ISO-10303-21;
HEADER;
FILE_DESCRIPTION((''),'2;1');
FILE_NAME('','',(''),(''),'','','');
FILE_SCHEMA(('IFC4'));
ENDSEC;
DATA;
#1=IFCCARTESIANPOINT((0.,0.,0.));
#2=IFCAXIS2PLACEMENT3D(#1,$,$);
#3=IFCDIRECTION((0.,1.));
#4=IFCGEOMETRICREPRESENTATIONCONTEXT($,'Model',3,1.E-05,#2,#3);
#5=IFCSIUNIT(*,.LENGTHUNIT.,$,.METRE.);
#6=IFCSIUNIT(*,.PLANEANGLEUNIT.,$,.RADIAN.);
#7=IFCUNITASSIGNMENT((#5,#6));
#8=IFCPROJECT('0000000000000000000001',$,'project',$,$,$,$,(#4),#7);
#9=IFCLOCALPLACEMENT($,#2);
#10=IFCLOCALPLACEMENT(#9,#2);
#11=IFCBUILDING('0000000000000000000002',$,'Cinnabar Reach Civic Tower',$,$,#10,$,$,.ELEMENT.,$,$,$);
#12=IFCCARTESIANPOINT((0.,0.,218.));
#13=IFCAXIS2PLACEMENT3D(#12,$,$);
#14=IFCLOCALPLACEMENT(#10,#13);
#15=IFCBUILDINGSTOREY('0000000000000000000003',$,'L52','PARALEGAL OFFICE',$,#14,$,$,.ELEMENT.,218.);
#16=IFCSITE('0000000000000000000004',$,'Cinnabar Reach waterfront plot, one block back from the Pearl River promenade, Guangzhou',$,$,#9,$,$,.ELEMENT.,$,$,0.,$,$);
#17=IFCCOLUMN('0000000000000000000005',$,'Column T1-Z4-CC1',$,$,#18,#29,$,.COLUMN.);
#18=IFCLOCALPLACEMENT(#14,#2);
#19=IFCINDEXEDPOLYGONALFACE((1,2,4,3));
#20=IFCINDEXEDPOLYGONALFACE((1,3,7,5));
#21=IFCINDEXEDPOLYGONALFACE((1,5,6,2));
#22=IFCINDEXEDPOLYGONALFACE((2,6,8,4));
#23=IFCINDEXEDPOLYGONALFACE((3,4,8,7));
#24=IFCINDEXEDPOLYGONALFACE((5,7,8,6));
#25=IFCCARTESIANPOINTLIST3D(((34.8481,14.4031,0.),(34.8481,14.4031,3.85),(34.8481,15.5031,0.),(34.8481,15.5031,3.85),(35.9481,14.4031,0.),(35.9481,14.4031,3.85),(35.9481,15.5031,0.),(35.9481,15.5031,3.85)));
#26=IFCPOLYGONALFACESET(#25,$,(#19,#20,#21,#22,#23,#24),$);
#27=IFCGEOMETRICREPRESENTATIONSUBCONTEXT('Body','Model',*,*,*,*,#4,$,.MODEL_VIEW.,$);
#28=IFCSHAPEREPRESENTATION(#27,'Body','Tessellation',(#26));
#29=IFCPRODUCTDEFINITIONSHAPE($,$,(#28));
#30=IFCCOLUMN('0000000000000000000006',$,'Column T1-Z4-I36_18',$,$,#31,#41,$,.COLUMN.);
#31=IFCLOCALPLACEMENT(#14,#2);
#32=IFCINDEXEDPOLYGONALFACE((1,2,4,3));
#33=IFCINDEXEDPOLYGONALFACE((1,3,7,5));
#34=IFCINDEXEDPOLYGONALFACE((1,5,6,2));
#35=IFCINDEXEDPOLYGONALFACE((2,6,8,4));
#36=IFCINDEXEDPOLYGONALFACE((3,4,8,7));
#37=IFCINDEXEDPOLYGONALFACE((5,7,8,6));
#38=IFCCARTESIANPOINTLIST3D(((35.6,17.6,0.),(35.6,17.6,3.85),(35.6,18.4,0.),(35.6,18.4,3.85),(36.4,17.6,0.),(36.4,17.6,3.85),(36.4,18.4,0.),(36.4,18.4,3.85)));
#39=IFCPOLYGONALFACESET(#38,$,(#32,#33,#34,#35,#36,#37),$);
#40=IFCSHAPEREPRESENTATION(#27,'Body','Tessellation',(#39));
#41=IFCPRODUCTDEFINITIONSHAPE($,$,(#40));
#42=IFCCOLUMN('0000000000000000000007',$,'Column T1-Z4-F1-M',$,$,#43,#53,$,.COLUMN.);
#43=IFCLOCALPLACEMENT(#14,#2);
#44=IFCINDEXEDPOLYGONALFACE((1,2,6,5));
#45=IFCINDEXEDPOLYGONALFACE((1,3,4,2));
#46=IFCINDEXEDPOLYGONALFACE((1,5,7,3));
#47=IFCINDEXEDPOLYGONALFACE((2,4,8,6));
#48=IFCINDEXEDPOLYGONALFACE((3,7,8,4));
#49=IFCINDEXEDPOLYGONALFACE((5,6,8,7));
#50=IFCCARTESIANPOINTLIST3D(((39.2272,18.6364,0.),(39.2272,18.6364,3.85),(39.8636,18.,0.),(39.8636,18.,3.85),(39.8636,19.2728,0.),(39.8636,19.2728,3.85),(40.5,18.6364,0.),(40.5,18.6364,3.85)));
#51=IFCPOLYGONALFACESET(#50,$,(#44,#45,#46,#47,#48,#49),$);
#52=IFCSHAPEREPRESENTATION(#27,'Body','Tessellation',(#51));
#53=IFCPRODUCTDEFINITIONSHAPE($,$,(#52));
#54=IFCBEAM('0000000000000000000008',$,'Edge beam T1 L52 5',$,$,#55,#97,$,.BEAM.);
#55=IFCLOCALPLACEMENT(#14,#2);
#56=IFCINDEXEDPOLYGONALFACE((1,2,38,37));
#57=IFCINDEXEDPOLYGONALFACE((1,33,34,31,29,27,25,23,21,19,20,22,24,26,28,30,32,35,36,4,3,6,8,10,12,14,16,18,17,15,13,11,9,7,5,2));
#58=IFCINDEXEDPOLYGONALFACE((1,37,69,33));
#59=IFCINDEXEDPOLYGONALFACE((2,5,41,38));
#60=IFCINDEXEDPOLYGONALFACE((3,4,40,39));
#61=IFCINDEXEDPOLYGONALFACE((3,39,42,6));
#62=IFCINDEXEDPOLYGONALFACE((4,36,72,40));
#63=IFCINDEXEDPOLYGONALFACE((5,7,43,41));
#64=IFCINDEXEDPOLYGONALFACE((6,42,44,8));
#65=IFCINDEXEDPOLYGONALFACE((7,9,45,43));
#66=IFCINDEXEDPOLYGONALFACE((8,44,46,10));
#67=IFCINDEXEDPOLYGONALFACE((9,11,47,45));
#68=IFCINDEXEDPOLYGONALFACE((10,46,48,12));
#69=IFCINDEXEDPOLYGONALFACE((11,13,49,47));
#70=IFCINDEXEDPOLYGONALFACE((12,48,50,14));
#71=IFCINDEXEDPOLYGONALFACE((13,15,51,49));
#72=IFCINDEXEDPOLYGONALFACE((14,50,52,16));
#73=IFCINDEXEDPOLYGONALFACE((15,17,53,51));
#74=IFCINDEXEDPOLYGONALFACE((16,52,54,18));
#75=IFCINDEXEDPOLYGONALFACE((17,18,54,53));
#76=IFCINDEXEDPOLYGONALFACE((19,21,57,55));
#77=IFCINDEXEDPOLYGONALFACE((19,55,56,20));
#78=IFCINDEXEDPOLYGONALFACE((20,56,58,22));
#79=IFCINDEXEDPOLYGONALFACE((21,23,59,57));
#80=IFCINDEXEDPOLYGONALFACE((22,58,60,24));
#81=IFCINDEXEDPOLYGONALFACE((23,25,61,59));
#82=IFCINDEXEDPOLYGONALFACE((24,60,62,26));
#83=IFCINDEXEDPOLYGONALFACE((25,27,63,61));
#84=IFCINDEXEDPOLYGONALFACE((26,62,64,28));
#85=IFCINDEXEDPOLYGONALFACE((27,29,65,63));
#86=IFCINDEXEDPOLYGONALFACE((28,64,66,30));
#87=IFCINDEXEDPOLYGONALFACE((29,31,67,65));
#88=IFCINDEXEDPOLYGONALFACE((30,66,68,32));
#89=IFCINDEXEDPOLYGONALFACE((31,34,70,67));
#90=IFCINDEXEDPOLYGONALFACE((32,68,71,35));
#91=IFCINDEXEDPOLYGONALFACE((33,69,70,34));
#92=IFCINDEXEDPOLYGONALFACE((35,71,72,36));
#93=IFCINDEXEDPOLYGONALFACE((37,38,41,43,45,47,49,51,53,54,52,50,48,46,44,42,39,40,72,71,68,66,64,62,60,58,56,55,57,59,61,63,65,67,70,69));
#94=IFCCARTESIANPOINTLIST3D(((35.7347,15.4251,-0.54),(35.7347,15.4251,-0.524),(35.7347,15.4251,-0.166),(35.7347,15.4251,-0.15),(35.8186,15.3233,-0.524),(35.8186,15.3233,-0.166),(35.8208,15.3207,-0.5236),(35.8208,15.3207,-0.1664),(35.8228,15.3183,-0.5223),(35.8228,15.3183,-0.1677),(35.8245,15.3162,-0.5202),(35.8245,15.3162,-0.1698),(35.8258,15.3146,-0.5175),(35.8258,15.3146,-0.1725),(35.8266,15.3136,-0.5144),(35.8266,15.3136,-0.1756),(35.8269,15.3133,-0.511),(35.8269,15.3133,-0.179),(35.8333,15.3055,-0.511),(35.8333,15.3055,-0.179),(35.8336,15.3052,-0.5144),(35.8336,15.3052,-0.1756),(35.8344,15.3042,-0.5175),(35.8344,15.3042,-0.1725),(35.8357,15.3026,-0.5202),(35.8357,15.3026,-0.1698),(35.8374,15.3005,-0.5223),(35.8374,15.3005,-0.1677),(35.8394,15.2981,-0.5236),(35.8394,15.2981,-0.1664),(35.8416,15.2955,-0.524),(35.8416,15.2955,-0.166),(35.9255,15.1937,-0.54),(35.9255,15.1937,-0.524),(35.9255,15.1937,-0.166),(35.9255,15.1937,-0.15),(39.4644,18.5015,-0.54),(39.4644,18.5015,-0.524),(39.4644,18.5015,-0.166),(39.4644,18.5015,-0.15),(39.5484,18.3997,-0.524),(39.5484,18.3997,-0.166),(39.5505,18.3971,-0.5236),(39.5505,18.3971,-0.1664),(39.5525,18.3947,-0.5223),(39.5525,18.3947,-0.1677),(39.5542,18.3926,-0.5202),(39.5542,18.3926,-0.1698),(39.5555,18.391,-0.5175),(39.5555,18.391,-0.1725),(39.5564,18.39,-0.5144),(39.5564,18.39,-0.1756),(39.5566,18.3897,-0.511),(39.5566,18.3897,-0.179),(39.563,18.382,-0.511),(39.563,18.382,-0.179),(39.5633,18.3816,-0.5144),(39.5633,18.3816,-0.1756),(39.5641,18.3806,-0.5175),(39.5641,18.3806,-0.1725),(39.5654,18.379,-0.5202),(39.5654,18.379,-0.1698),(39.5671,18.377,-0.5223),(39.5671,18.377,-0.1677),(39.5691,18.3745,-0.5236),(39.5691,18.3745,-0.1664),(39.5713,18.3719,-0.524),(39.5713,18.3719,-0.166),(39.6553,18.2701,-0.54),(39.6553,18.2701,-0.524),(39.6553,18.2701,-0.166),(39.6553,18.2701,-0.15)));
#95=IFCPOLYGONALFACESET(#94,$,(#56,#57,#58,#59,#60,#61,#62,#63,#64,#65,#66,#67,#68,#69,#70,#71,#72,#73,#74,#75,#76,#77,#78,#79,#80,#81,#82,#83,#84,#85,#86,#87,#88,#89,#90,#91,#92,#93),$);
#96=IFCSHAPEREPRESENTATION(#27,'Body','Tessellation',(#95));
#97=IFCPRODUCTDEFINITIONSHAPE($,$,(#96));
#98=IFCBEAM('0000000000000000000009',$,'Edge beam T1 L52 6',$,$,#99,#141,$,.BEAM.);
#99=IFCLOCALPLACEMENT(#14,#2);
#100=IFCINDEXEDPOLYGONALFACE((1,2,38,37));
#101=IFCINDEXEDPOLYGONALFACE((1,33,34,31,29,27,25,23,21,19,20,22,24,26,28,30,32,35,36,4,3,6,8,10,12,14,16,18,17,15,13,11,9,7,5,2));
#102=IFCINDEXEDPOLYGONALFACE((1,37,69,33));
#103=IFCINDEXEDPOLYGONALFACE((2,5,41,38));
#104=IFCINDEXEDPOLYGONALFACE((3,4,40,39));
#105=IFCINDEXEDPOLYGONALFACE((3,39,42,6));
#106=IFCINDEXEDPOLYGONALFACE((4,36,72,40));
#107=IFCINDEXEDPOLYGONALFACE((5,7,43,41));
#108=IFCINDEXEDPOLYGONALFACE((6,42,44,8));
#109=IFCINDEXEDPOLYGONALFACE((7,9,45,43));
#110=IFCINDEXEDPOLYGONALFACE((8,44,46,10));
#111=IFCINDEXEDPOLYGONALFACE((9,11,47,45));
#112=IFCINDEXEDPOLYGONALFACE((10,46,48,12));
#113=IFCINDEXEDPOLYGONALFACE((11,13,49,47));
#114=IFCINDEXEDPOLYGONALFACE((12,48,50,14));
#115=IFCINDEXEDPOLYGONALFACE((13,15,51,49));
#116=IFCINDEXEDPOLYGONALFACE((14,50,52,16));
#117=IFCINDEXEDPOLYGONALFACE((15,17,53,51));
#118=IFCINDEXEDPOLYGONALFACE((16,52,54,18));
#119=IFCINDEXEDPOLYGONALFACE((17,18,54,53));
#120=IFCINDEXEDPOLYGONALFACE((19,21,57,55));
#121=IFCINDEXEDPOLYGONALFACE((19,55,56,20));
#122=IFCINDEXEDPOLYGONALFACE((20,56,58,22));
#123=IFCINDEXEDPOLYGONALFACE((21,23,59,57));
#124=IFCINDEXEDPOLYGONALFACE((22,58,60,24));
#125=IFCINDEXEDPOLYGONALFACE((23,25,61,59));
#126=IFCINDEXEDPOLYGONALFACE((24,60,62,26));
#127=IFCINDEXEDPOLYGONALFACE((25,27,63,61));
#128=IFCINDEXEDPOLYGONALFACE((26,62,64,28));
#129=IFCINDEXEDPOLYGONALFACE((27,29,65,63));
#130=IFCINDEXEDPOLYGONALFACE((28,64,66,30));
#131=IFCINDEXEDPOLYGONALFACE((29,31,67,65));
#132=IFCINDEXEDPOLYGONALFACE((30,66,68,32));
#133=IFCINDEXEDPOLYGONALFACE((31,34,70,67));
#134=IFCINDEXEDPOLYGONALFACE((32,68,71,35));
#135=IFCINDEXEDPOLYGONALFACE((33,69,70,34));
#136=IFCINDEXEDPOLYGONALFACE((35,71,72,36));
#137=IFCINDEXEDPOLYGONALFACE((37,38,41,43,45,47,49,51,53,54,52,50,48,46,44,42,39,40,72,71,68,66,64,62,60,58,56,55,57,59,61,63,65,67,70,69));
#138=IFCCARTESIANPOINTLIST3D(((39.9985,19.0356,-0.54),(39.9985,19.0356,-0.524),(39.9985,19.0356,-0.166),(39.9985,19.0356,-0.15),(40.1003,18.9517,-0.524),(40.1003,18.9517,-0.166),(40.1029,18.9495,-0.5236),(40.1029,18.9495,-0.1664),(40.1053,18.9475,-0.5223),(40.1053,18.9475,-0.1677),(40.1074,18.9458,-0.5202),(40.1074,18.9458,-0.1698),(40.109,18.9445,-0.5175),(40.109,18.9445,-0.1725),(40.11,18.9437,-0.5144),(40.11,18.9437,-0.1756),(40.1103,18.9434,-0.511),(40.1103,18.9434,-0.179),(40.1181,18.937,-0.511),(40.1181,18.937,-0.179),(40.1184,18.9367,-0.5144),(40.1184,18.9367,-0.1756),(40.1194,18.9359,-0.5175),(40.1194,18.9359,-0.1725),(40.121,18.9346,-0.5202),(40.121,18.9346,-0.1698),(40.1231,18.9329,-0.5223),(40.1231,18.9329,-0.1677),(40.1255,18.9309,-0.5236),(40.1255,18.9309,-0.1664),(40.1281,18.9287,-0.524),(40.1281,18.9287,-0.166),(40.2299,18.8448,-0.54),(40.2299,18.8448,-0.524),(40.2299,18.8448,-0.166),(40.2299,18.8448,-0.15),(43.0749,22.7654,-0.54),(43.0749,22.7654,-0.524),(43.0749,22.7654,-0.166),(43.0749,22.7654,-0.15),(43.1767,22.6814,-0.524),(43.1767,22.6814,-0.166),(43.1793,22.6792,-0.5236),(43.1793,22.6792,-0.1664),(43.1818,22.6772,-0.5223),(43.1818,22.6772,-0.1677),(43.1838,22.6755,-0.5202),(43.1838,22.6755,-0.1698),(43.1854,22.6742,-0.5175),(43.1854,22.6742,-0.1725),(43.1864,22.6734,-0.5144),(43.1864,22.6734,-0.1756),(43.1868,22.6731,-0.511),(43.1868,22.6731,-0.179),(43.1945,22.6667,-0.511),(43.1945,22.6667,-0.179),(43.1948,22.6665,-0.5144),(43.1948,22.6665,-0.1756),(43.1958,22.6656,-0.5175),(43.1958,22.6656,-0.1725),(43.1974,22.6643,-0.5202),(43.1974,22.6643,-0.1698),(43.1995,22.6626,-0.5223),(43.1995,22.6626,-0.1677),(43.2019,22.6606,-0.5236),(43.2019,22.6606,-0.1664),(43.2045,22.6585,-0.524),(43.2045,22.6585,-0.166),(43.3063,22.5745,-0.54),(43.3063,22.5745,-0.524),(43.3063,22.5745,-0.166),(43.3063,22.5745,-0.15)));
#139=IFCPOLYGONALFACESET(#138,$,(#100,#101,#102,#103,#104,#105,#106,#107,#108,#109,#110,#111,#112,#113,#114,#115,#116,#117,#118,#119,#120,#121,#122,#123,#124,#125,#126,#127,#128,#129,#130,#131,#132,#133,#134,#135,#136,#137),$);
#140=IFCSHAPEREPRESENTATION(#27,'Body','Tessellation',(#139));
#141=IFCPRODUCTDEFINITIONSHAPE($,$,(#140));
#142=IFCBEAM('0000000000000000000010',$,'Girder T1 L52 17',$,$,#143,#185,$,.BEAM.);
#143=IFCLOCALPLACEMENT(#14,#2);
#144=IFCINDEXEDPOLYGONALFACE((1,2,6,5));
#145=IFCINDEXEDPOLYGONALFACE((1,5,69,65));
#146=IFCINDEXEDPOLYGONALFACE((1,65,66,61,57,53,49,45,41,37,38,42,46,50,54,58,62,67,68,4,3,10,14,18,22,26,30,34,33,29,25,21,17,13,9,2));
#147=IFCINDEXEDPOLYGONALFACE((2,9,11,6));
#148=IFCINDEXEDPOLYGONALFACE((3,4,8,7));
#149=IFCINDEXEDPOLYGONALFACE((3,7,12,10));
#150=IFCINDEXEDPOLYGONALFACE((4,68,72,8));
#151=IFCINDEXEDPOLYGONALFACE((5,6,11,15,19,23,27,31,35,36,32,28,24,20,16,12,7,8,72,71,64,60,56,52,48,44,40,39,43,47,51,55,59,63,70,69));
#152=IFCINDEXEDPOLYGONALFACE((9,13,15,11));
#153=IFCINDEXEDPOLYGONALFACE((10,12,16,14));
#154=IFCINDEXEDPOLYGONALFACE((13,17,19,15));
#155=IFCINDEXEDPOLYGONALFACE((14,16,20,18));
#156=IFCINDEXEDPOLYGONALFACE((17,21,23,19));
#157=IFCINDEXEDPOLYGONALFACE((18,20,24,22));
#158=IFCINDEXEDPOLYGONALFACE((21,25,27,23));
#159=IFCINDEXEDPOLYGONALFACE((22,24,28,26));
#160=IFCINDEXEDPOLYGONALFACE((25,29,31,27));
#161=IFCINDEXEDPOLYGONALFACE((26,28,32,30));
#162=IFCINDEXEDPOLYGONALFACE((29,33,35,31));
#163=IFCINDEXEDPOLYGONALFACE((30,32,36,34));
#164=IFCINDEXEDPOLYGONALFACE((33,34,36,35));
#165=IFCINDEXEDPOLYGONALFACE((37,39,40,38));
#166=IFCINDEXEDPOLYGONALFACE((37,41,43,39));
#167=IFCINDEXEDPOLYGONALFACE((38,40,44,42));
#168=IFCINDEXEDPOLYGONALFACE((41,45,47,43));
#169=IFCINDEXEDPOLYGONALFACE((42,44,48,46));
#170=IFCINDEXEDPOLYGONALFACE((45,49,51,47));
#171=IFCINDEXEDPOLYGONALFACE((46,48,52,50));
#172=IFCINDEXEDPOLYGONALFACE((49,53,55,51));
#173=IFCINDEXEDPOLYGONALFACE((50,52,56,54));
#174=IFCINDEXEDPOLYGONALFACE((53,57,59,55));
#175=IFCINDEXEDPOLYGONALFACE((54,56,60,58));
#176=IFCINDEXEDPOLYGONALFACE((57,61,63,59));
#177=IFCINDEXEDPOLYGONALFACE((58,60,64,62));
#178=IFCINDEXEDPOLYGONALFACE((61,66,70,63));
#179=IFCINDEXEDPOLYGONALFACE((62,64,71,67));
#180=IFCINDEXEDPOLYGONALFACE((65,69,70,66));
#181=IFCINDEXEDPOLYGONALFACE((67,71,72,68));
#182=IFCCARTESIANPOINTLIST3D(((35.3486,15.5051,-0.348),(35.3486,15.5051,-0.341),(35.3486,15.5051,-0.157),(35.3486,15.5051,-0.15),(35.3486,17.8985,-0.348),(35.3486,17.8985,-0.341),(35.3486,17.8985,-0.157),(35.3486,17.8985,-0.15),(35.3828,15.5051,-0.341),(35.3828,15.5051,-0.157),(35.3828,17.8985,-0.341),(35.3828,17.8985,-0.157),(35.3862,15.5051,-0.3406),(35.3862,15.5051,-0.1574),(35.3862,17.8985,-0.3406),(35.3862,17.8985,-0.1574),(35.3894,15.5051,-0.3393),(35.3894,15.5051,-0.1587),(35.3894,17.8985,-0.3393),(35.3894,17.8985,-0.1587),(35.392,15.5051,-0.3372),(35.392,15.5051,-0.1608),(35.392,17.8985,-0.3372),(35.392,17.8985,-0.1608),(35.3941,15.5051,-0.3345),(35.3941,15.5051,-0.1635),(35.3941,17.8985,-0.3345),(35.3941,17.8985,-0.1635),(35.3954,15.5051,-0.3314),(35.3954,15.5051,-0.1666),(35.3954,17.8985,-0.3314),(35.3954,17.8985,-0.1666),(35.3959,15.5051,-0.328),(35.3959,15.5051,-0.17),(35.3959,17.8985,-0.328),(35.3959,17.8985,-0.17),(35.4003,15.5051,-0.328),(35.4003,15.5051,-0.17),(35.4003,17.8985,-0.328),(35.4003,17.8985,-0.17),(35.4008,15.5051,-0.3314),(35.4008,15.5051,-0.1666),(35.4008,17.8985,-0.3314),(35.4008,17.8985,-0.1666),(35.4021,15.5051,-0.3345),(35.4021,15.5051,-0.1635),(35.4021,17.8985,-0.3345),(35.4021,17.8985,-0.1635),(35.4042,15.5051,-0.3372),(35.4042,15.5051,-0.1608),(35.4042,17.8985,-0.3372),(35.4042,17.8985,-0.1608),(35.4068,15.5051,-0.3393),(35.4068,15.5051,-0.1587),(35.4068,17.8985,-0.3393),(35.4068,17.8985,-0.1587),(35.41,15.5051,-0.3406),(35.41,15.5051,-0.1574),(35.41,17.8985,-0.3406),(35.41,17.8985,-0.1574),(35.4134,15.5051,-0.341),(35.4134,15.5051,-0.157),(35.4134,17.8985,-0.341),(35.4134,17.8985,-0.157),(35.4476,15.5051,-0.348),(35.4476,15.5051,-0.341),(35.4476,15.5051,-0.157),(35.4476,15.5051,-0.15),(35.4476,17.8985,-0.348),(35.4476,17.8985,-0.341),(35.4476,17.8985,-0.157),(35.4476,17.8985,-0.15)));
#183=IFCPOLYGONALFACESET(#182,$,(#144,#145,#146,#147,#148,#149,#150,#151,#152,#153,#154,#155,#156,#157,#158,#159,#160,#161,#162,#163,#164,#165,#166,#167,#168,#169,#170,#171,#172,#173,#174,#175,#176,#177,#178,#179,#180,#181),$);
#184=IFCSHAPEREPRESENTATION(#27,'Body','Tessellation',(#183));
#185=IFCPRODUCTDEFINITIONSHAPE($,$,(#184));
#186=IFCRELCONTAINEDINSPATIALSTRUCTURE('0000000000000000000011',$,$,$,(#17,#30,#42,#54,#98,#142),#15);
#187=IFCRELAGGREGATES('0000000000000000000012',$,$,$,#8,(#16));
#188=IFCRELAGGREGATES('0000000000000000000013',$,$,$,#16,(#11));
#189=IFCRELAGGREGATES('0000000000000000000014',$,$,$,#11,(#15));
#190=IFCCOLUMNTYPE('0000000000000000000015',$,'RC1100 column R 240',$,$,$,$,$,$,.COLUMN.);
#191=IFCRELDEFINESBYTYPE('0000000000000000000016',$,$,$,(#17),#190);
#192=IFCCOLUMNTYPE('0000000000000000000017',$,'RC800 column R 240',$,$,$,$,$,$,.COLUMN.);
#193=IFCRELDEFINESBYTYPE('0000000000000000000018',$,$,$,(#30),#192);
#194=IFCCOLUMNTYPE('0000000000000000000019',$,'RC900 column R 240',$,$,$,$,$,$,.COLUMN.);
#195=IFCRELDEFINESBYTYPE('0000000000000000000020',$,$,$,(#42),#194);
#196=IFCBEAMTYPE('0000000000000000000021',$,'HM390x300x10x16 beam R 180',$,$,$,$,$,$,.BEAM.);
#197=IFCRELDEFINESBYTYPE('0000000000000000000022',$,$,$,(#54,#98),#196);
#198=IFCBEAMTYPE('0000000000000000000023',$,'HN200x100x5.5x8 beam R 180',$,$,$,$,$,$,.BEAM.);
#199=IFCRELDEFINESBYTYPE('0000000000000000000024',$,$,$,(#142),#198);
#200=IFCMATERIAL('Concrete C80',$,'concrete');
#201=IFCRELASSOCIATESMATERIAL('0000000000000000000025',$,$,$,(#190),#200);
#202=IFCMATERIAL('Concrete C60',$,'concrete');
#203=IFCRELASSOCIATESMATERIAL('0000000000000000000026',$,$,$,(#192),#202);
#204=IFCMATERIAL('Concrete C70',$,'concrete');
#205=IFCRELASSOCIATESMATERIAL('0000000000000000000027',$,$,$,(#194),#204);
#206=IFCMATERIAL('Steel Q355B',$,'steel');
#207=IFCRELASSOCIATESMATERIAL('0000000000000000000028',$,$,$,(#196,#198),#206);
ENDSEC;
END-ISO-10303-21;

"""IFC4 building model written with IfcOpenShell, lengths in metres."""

from ifc_helpers import new_model, si_unit, direction, frame, origin, origin_2d, place, context, subcontext, project, spatial, rectangle, i_section, extrude, material, material_profile, profile_set, type_object, element, save


model = new_model("IFC4")

# Units and contexts
model_context = context("Model", 3, precision=1e-05, world=origin(), true_north=direction((0.0, 1.0)))
body_context = subcontext(model_context, "Body", "Model", "MODEL_VIEW")
ifc_project = project(units=[si_unit("LENGTHUNIT", "METRE"), si_unit("PLANEANGLEUNIT", "RADIAN")], contexts=[model_context])

# Site, building, storey
site_placement = place(None, origin())
site = spatial("IfcSite", under=ifc_project, at=site_placement, Name="Cinnabar Reach waterfront plot, one block back from the Pearl River promenade, Guangzhou", CompositionType="ELEMENT", RefElevation=0.0)
building_placement = place(site_placement, origin())
building = spatial("IfcBuilding", under=site, at=building_placement, Name="Cinnabar Reach Civic Tower", CompositionType="ELEMENT")
storey_placement = place(building_placement, frame((0.0, 0.0, 218.0)))
storey = spatial("IfcBuildingStorey", under=building, at=storey_placement, Name="L52", Description="PARALEGAL OFFICE", CompositionType="ELEMENT", Elevation=218.0)

# Columns
ifc_material_1 = material(Name="Concrete C80", Category="concrete")
ifc_material_profile_1 = material_profile(ifc_material_1, rectangle(XDim=1.1, YDim=1.1, at=origin_2d()), Name="RC1100")
ifc_profile_set_1 = profile_set([ifc_material_profile_1], Name="Concrete C80")
column_type_1 = type_object("IfcColumnType", Name="RC1100 column R 240", PredefinedType="COLUMN", material=ifc_profile_set_1)
column_1_placement = place(storey_placement, frame((35.3981, 14.9531, 0.0), z_axis=(0.0, 0.0, 1.0), x_axis=(1.0, 0.0, 0.0)))
element("IfcColumn", 1, at=column_1_placement, inside=storey, type_object=column_type_1, Name="Column T1-Z4-CC1", PredefinedType="COLUMN", context=body_context, shape_type="SweptSolid", body=[
    extrude(rectangle(XDim=1.1, YDim=1.1, at=origin_2d()), origin(), (0.0, 0.0, 1.0), 3.85),
])
ifc_material_2 = material(Name="Concrete C60", Category="concrete")
ifc_material_profile_2 = material_profile(ifc_material_2, rectangle(XDim=0.8, YDim=0.8, at=origin_2d()), Name="RC800")
ifc_profile_set_2 = profile_set([ifc_material_profile_2], Name="Concrete C60")
column_type_2 = type_object("IfcColumnType", Name="RC800 column R 240", PredefinedType="COLUMN", material=ifc_profile_set_2)
column_2_placement = place(storey_placement, frame((36.0, 18.0, 0.0), z_axis=(0.0, 0.0, 1.0), x_axis=(1.0, 0.0, 0.0)))
element("IfcColumn", 2, at=column_2_placement, inside=storey, type_object=column_type_2, Name="Column T1-Z4-I36_18", PredefinedType="COLUMN", context=body_context, shape_type="SweptSolid", body=[
    extrude(rectangle(XDim=0.8, YDim=0.8, at=origin_2d()), origin(), (0.0, 0.0, 1.0), 3.85),
])
ifc_material_3 = material(Name="Concrete C70", Category="concrete")
ifc_material_profile_3 = material_profile(ifc_material_3, rectangle(XDim=0.9, YDim=0.9, at=origin_2d()), Name="RC900")
ifc_profile_set_3 = profile_set([ifc_material_profile_3], Name="Concrete C70")
column_type_3 = type_object("IfcColumnType", Name="RC900 column R 240", PredefinedType="COLUMN", material=ifc_profile_set_3)
column_3_placement = place(storey_placement, frame((39.8636, 18.6364, 0.0), z_axis=(0.0, 0.0, 1.0), x_axis=(0.707107, 0.707107, 0.0)))
element("IfcColumn", 3, at=column_3_placement, inside=storey, type_object=column_type_3, Name="Column T1-Z4-F1-M", PredefinedType="COLUMN", context=body_context, shape_type="SweptSolid", body=[
    extrude(rectangle(XDim=0.9, YDim=0.9, at=origin_2d()), origin(), (0.0, 0.0, 1.0), 3.85),
])

# Beams
ifc_material_4 = material(Name="Steel Q355B", Category="steel")
ifc_material_profile_4 = material_profile(ifc_material_4, i_section(OverallWidth=0.3, OverallDepth=0.39, WebThickness=0.01, FlangeThickness=0.016, FilletRadius=0.013, at=origin_2d()), Name="HM390x300x10x16")
ifc_profile_set_4 = profile_set([ifc_material_profile_4], Name="Steel Q355B")
beam_type_1 = type_object("IfcBeamType", Name="HM390x300x10x16 beam R 180", PredefinedType="BEAM", material=ifc_profile_set_4)
for number, where, z_axis, x_axis, name in (
    (4, (35.8301, 15.3094, -0.345), (0.771434, 0.636309, 0.0), (-0.636309, 0.771434, 0.0), "Edge beam T1 L52 5"),
    (5, (40.1142, 18.9402, -0.345), (0.636309, 0.771434, 0.0), (-0.771434, 0.636309, 0.0), "Edge beam T1 L52 6"),
):
    element("IfcBeam", number, at=place(storey_placement, frame(where, z_axis=z_axis, x_axis=x_axis)), inside=storey, type_object=beam_type_1, Name=name, PredefinedType="BEAM", context=body_context, shape_type="SweptSolid", body=[
        extrude(i_section(OverallWidth=0.3, OverallDepth=0.39, WebThickness=0.01, FlangeThickness=0.016, FilletRadius=0.013, at=origin_2d()), origin(), (0.0, 0.0, 1.0), 4.8348),
    ])
ifc_material_profile_5 = material_profile(ifc_material_4, i_section(OverallWidth=0.099, OverallDepth=0.198, WebThickness=0.0045, FlangeThickness=0.007, FilletRadius=0.013, at=origin_2d()), Name="HN200x100x5.5x8")
ifc_profile_set_5 = profile_set([ifc_material_profile_5], Name="Steel Q355B")
beam_type_2 = type_object("IfcBeamType", Name="HN200x100x5.5x8 beam R 180", PredefinedType="BEAM", material=ifc_profile_set_5)
beam_1_placement = place(storey_placement, frame((35.3981, 15.5051, -0.249), z_axis=(0.0, 1.0, 0.0), x_axis=(-1.0, 0.0, 0.0)))
element("IfcBeam", 6, at=beam_1_placement, inside=storey, type_object=beam_type_2, Name="Girder T1 L52 17", PredefinedType="BEAM", context=body_context, shape_type="SweptSolid", body=[
    extrude(i_section(OverallWidth=0.099, OverallDepth=0.198, WebThickness=0.0045, FlangeThickness=0.007, FilletRadius=0.013, at=origin_2d()), origin(), (0.0, 0.0, 1.0), 2.3934),
])

save(model, "model.ifc")
